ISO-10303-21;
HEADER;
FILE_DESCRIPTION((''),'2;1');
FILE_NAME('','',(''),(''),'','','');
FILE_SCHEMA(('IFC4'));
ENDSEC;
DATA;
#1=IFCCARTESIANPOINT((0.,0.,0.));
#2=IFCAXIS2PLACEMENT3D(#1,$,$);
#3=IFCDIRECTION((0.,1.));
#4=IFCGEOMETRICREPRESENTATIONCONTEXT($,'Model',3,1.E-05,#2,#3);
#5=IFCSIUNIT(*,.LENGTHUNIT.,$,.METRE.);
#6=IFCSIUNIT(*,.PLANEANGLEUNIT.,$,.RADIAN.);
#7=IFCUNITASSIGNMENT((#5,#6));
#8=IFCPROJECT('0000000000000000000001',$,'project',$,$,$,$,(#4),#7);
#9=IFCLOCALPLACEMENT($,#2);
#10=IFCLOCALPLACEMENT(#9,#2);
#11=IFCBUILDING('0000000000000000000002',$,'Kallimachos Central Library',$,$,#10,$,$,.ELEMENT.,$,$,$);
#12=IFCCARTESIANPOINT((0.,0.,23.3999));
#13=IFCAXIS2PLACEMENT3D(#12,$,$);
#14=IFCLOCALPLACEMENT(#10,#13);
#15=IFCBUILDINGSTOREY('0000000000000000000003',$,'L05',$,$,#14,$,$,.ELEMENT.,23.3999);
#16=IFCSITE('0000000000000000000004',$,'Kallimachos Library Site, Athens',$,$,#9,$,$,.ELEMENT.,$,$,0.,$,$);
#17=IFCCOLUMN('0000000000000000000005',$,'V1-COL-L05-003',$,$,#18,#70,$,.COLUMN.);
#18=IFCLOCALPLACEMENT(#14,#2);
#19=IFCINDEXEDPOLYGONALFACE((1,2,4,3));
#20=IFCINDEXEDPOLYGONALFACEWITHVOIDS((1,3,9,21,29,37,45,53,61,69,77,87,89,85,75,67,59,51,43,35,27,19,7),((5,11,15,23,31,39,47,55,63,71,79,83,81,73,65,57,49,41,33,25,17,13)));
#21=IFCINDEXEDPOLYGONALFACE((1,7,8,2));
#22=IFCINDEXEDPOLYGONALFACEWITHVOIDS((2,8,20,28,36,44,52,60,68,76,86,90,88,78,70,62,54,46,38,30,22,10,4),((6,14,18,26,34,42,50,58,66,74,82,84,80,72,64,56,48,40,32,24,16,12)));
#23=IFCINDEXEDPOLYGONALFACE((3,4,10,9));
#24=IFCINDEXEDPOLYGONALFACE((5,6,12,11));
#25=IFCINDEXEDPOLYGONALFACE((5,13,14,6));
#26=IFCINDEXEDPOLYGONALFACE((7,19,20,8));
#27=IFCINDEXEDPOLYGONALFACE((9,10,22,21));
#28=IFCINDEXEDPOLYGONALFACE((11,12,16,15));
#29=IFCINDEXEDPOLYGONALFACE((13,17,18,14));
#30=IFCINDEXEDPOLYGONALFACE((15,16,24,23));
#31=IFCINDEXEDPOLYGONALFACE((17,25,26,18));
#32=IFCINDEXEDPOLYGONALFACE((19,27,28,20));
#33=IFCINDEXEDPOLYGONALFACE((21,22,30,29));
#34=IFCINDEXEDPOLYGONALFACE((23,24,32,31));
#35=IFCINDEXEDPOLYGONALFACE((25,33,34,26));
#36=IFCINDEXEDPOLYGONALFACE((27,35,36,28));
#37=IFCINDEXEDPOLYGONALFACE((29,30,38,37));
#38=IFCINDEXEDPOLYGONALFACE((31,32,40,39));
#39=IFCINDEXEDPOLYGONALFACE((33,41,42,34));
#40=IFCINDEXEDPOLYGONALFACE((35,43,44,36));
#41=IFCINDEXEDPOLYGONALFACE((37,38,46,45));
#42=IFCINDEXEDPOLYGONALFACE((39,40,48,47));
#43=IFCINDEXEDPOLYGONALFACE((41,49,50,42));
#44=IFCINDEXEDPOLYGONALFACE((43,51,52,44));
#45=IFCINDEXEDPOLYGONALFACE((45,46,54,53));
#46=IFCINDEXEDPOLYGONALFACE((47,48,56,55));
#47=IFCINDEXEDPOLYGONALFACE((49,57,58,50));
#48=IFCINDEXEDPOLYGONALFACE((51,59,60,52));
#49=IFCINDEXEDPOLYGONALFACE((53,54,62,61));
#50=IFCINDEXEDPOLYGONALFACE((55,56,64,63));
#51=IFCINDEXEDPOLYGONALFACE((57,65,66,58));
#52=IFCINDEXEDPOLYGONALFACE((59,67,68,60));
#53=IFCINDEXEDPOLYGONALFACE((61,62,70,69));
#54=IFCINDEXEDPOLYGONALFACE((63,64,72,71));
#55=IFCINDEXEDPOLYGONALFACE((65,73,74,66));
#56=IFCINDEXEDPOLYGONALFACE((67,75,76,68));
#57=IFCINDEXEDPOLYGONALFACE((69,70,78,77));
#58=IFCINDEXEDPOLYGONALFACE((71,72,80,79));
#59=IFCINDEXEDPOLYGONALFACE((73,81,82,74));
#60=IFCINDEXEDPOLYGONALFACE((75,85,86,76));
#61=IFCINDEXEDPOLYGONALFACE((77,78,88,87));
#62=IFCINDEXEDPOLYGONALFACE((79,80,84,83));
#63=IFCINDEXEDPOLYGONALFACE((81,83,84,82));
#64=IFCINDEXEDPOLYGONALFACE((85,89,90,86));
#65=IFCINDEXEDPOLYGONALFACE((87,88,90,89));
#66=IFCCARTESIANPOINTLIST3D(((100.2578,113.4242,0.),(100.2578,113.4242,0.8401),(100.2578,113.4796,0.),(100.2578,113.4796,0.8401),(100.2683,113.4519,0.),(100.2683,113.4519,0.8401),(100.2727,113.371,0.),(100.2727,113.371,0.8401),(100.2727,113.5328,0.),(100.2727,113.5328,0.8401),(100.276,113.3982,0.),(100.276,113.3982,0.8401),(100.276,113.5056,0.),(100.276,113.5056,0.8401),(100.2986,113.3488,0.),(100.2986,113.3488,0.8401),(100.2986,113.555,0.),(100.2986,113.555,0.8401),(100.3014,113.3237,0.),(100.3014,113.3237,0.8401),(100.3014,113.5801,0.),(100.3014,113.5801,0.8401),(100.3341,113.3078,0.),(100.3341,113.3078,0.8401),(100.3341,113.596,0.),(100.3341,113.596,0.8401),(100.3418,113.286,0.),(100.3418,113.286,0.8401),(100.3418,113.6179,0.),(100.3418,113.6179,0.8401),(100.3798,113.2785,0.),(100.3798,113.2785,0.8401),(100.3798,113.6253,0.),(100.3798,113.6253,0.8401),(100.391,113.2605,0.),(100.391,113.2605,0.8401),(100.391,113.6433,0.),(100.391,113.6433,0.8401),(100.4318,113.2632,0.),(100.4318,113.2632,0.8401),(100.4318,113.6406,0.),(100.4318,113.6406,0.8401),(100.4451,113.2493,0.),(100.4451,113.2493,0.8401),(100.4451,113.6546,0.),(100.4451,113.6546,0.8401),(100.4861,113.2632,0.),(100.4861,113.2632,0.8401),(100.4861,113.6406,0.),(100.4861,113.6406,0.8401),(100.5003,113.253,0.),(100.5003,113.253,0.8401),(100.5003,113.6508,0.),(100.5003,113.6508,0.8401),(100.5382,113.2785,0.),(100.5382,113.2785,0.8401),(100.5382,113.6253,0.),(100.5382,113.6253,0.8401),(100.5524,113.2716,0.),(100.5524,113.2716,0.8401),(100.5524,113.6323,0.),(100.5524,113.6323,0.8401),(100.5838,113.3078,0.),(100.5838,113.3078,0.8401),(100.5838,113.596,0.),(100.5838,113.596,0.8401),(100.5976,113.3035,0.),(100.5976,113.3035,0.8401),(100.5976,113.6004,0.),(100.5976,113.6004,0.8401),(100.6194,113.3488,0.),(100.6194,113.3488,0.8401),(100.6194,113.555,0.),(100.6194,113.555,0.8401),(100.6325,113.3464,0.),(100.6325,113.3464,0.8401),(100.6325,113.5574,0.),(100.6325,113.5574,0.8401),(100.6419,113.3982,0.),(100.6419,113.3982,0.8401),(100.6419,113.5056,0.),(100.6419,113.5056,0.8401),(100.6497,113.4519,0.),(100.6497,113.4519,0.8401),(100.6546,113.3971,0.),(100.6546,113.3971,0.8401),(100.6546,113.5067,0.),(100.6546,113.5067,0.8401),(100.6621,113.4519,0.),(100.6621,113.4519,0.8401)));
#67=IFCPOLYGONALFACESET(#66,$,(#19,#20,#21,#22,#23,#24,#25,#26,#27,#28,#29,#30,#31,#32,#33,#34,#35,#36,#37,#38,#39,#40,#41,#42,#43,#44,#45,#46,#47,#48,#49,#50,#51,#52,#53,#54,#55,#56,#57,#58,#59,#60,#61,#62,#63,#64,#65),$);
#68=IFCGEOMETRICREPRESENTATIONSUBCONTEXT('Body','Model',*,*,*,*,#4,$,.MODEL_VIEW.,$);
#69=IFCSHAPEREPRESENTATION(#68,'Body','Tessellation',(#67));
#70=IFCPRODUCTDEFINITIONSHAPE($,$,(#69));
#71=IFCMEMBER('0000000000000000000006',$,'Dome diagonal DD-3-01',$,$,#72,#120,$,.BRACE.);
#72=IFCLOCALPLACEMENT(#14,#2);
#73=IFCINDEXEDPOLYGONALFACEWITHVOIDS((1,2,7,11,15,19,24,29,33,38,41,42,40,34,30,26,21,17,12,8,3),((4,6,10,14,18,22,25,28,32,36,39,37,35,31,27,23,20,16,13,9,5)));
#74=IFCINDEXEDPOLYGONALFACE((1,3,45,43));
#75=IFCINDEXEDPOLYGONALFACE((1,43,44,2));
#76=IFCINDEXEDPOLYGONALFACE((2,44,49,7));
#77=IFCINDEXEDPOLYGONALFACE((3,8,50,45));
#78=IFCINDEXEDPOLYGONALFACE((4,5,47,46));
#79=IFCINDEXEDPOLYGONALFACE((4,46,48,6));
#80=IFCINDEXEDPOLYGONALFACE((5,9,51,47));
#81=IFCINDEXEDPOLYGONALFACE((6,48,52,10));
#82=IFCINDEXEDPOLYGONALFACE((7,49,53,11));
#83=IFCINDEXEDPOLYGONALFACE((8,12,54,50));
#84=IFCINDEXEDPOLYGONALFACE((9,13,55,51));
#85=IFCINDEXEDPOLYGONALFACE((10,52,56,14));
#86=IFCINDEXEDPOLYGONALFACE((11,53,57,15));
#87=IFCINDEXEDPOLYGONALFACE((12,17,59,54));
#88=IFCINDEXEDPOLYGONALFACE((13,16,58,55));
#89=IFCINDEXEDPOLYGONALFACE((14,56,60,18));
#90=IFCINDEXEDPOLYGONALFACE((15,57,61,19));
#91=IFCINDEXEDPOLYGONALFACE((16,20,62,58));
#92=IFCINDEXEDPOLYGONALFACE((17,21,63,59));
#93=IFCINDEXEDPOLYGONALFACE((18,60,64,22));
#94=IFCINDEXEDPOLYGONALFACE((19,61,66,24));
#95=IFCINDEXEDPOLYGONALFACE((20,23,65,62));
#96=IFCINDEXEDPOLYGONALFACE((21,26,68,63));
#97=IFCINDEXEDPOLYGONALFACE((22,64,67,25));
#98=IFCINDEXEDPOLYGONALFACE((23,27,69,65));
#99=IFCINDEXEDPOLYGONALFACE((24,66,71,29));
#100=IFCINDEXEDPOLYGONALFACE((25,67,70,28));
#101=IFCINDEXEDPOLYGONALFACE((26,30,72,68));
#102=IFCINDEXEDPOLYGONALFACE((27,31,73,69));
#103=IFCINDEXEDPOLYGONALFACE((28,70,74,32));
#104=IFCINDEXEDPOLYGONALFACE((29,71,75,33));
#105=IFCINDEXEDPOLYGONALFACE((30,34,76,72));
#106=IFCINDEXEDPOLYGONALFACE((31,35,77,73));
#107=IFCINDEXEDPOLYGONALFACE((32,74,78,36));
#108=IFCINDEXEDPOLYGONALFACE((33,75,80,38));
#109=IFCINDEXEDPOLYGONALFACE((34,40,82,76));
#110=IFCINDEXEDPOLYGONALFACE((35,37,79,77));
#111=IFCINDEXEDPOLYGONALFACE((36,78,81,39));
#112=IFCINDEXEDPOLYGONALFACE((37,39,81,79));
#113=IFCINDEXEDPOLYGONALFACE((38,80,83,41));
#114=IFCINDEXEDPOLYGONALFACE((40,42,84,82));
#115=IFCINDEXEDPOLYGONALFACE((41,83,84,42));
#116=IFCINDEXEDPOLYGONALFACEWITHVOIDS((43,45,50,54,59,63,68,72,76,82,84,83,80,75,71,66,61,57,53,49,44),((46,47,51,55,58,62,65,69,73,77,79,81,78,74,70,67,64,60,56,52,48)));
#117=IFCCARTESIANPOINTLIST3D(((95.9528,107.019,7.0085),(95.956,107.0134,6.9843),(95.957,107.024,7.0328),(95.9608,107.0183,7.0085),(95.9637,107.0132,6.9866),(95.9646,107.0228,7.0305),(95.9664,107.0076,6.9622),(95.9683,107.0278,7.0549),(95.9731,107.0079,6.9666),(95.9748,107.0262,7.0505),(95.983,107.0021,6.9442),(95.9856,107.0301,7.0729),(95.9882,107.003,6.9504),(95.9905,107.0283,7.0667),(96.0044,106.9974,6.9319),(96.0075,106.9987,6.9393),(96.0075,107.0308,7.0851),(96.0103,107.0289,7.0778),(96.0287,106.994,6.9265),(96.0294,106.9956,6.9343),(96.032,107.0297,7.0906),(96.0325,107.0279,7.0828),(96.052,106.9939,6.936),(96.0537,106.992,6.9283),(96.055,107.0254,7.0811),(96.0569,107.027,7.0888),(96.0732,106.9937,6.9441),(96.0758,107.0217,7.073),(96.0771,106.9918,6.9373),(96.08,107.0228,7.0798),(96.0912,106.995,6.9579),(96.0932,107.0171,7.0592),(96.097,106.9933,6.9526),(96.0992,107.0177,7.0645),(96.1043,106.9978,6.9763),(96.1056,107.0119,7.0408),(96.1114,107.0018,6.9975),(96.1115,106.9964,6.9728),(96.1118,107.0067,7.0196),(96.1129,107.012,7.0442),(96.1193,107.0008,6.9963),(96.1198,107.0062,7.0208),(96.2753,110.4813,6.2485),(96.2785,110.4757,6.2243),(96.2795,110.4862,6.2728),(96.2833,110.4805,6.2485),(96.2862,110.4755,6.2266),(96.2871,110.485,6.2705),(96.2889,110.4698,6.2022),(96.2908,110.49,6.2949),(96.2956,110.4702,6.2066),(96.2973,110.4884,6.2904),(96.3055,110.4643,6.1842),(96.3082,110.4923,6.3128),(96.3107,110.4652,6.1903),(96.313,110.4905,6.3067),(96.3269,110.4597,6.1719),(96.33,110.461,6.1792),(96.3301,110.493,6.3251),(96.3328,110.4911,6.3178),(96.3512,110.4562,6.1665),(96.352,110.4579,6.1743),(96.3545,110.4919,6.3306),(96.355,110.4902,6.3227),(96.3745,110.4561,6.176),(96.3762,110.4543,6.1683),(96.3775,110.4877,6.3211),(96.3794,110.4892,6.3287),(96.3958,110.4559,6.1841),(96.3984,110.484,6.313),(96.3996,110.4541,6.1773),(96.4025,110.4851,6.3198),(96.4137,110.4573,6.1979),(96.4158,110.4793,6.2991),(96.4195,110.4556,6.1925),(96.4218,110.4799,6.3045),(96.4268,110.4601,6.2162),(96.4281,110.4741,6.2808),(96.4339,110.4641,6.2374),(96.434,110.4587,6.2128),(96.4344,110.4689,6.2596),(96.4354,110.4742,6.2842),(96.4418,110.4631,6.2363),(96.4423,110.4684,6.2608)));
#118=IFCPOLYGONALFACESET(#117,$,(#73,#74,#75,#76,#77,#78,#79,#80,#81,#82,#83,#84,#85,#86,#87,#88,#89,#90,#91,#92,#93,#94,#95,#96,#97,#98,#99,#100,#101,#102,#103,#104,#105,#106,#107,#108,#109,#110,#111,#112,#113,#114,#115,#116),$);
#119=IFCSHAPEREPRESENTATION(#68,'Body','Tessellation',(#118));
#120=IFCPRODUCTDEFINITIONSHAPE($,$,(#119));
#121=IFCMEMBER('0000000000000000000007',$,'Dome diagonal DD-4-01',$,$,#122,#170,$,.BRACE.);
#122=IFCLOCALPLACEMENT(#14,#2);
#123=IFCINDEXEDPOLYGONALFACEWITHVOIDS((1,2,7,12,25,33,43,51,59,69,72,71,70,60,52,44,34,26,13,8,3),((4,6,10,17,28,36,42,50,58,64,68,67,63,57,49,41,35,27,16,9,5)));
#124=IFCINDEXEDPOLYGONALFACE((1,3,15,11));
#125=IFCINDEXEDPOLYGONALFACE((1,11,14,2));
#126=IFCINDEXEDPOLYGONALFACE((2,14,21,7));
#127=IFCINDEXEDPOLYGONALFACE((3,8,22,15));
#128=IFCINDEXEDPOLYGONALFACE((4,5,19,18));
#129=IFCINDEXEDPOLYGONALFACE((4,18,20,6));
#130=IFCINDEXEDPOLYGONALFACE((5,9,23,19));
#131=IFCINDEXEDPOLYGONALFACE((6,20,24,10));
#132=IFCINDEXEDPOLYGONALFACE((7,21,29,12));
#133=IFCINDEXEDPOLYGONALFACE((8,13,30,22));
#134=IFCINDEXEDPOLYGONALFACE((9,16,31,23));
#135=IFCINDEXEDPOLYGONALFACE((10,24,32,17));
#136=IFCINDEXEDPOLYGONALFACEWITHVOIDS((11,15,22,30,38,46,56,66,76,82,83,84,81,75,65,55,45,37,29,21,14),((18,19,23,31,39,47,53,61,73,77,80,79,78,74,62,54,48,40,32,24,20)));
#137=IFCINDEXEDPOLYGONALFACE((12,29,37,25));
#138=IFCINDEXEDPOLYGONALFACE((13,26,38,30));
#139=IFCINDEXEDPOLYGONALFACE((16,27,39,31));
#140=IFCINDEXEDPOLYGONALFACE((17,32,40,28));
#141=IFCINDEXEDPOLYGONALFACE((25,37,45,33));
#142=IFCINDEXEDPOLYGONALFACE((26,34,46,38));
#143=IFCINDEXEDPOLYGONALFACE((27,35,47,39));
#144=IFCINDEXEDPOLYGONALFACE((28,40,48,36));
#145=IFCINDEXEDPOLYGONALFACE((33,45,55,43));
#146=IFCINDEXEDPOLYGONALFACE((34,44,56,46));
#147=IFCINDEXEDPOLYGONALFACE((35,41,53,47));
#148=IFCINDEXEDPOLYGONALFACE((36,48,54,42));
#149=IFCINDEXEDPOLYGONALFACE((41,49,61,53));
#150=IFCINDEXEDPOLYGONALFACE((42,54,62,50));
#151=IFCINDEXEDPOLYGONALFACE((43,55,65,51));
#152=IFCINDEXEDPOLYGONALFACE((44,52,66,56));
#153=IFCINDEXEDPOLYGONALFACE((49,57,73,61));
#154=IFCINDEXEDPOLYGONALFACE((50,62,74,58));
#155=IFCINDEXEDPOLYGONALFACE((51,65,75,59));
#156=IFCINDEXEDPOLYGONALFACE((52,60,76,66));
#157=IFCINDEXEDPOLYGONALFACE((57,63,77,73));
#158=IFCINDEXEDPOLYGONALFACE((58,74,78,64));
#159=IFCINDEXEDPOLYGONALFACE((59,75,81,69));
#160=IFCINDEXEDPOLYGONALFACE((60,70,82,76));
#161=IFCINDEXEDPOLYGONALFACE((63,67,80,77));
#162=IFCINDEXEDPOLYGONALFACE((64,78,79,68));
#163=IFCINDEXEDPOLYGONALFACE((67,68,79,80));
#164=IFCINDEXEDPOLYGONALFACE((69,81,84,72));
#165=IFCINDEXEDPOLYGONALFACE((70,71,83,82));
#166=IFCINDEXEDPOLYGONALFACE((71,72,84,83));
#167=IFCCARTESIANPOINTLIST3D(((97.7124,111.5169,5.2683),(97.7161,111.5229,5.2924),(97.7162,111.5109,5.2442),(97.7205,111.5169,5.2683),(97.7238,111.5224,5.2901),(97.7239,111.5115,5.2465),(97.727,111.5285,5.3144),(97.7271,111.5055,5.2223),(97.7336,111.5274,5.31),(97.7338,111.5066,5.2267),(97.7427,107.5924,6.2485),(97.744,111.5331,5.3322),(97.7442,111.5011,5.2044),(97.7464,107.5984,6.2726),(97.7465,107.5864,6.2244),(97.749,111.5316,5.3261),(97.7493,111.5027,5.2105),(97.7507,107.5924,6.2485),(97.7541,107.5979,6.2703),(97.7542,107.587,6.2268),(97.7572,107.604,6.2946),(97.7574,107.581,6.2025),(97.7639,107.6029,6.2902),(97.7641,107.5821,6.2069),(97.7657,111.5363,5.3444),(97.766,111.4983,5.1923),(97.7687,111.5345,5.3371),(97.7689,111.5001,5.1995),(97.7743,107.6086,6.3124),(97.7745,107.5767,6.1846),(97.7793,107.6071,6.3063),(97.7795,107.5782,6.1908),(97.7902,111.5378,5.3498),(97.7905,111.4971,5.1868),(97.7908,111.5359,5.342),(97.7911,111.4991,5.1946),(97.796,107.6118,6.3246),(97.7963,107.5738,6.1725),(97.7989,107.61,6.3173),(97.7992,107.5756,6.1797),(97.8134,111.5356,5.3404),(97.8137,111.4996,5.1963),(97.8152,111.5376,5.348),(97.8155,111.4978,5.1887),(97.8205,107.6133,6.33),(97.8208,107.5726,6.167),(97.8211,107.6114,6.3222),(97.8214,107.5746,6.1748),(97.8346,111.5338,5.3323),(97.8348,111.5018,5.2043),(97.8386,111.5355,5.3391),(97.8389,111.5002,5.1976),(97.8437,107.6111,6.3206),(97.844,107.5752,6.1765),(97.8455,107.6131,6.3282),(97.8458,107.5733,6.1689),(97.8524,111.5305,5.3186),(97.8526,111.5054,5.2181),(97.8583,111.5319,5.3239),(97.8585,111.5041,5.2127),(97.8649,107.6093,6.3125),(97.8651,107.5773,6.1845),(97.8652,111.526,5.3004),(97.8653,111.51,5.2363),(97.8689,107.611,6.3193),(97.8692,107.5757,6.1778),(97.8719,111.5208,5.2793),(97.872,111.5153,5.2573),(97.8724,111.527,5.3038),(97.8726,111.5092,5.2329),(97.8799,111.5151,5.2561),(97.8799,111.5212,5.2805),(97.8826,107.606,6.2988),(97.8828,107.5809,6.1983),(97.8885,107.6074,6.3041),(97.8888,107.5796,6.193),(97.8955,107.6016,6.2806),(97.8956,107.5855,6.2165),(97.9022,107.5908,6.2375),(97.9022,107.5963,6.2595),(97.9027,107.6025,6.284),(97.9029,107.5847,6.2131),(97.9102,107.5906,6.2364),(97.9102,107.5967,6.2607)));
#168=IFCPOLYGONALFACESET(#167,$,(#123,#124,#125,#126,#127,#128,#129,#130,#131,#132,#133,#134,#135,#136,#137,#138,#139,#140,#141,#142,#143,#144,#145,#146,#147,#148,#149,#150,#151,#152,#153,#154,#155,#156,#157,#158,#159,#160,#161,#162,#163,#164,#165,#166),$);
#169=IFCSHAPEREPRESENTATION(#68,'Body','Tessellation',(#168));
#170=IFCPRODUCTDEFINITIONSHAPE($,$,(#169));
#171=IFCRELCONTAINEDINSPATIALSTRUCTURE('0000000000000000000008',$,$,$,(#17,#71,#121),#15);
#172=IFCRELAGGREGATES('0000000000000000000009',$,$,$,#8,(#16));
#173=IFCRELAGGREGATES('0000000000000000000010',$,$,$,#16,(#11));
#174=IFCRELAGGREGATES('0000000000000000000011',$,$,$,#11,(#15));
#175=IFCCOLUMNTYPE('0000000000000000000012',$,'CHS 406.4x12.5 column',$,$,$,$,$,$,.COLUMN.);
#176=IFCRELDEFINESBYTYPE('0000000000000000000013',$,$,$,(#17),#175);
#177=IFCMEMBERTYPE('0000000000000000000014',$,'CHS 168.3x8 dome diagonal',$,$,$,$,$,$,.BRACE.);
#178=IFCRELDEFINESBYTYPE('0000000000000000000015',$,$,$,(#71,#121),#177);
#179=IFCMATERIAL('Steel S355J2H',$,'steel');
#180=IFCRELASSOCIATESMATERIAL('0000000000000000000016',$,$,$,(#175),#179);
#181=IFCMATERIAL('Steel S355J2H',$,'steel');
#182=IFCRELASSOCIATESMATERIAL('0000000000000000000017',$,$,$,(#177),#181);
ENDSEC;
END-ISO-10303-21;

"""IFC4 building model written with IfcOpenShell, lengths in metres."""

from ifc_helpers import new_model, si_unit, direction, frame, origin, origin_2d, place, context, subcontext, project, spatial, hollow_circle, extrude, material, material_profile, profile_set, type_object, element, save


model = new_model("IFC4")

# Units and contexts
model_context = context("Model", 3, precision=1e-05, world=origin(), true_north=direction((0.0, 1.0)))
body_context = subcontext(model_context, "Body", "Model", "MODEL_VIEW")
ifc_project = project(units=[si_unit("LENGTHUNIT", "METRE"), si_unit("PLANEANGLEUNIT", "RADIAN")], contexts=[model_context])

# Site, building, storey
site_placement = place(None, origin())
site = spatial("IfcSite", under=ifc_project, at=site_placement, Name="Kallimachos Library Site, Athens", CompositionType="ELEMENT", RefElevation=0.0)
building_placement = place(site_placement, origin())
building = spatial("IfcBuilding", under=site, at=building_placement, Name="Kallimachos Central Library", CompositionType="ELEMENT")
storey_placement = place(building_placement, frame((0.0, 0.0, 23.3999)))
storey = spatial("IfcBuildingStorey", under=building, at=storey_placement, Name="L05", CompositionType="ELEMENT", Elevation=23.3999)

# Column
ifc_material_1 = material(Name="Steel S355J2H", Category="steel")
ifc_material_profile_1 = material_profile(ifc_material_1, hollow_circle(Radius=0.2031, WallThickness=0.0125, at=origin_2d()), Name="CHS 406.4x12.5")
ifc_profile_set_1 = profile_set([ifc_material_profile_1], Name="Steel S355J2H")
column_type = type_object("IfcColumnType", Name="CHS 406.4x12.5 column", PredefinedType="COLUMN", material=ifc_profile_set_1)
column_placement = place(storey_placement, frame((100.459, 113.4519, 0.0), z_axis=(0.0, 0.0, 1.0), x_axis=(1.0, 0.0, 0.0)))
element("IfcColumn", 1, at=column_placement, inside=storey, type_object=column_type, Name="V1-COL-L05-003", PredefinedType="COLUMN", context=body_context, shape_type="SweptSolid", body=[
    extrude(hollow_circle(Radius=0.2031, WallThickness=0.0125, at=origin_2d()), origin(), (0.0, 0.0, 1.0), 0.8401),
])

# Members
ifc_material_2 = material(Name="Steel S355J2H", Category="steel")
ifc_material_profile_2 = material_profile(ifc_material_2, hollow_circle(Radius=0.0842, WallThickness=0.0081, at=origin_2d()), Name="CHS 168.3x8")
ifc_profile_set_2 = profile_set([ifc_material_profile_2], Name="Steel S355J2H")
member_type_1 = type_object("IfcMemberType", Name="CHS 168.3x8 dome diagonal", PredefinedType="BRACE", material=ifc_profile_set_2)
member_1_placement = place(storey_placement, frame((96.0366, 107.0112, 7.0085), z_axis=(0.090612, 0.972725, -0.213532), x_axis=(-0.995689, 0.092751, 0.0)))
element("IfcMember", 2, at=member_1_placement, inside=storey, type_object=member_type_1, Name="Dome diagonal DD-3-01", PredefinedType="BRACE", context=body_context, shape_type="SweptSolid", body=[
    extrude(hollow_circle(Radius=0.0842, WallThickness=0.0081, at=origin_2d()), origin(), (0.0, 0.0, 1.0), 3.5593),
])
for number, where, z_axis, x_axis, name in (
    (3, (97.8269, 107.593, 6.2485), (-0.007484, 0.970169, -0.242316), (-0.99997, -0.007714, 0.0), "Dome diagonal DD-4-01"),
):
    element("IfcMember", number, at=place(storey_placement, frame(where, z_axis=z_axis, x_axis=x_axis)), inside=storey, type_object=member_type_1, Name=name, PredefinedType="BRACE", context=body_context, shape_type="SweptSolid", body=[
        extrude(hollow_circle(Radius=0.0842, WallThickness=0.0081, at=origin_2d()), origin(), (0.0, 0.0, 1.0), 4.0452),
    ])

save(model, "model.ifc")
